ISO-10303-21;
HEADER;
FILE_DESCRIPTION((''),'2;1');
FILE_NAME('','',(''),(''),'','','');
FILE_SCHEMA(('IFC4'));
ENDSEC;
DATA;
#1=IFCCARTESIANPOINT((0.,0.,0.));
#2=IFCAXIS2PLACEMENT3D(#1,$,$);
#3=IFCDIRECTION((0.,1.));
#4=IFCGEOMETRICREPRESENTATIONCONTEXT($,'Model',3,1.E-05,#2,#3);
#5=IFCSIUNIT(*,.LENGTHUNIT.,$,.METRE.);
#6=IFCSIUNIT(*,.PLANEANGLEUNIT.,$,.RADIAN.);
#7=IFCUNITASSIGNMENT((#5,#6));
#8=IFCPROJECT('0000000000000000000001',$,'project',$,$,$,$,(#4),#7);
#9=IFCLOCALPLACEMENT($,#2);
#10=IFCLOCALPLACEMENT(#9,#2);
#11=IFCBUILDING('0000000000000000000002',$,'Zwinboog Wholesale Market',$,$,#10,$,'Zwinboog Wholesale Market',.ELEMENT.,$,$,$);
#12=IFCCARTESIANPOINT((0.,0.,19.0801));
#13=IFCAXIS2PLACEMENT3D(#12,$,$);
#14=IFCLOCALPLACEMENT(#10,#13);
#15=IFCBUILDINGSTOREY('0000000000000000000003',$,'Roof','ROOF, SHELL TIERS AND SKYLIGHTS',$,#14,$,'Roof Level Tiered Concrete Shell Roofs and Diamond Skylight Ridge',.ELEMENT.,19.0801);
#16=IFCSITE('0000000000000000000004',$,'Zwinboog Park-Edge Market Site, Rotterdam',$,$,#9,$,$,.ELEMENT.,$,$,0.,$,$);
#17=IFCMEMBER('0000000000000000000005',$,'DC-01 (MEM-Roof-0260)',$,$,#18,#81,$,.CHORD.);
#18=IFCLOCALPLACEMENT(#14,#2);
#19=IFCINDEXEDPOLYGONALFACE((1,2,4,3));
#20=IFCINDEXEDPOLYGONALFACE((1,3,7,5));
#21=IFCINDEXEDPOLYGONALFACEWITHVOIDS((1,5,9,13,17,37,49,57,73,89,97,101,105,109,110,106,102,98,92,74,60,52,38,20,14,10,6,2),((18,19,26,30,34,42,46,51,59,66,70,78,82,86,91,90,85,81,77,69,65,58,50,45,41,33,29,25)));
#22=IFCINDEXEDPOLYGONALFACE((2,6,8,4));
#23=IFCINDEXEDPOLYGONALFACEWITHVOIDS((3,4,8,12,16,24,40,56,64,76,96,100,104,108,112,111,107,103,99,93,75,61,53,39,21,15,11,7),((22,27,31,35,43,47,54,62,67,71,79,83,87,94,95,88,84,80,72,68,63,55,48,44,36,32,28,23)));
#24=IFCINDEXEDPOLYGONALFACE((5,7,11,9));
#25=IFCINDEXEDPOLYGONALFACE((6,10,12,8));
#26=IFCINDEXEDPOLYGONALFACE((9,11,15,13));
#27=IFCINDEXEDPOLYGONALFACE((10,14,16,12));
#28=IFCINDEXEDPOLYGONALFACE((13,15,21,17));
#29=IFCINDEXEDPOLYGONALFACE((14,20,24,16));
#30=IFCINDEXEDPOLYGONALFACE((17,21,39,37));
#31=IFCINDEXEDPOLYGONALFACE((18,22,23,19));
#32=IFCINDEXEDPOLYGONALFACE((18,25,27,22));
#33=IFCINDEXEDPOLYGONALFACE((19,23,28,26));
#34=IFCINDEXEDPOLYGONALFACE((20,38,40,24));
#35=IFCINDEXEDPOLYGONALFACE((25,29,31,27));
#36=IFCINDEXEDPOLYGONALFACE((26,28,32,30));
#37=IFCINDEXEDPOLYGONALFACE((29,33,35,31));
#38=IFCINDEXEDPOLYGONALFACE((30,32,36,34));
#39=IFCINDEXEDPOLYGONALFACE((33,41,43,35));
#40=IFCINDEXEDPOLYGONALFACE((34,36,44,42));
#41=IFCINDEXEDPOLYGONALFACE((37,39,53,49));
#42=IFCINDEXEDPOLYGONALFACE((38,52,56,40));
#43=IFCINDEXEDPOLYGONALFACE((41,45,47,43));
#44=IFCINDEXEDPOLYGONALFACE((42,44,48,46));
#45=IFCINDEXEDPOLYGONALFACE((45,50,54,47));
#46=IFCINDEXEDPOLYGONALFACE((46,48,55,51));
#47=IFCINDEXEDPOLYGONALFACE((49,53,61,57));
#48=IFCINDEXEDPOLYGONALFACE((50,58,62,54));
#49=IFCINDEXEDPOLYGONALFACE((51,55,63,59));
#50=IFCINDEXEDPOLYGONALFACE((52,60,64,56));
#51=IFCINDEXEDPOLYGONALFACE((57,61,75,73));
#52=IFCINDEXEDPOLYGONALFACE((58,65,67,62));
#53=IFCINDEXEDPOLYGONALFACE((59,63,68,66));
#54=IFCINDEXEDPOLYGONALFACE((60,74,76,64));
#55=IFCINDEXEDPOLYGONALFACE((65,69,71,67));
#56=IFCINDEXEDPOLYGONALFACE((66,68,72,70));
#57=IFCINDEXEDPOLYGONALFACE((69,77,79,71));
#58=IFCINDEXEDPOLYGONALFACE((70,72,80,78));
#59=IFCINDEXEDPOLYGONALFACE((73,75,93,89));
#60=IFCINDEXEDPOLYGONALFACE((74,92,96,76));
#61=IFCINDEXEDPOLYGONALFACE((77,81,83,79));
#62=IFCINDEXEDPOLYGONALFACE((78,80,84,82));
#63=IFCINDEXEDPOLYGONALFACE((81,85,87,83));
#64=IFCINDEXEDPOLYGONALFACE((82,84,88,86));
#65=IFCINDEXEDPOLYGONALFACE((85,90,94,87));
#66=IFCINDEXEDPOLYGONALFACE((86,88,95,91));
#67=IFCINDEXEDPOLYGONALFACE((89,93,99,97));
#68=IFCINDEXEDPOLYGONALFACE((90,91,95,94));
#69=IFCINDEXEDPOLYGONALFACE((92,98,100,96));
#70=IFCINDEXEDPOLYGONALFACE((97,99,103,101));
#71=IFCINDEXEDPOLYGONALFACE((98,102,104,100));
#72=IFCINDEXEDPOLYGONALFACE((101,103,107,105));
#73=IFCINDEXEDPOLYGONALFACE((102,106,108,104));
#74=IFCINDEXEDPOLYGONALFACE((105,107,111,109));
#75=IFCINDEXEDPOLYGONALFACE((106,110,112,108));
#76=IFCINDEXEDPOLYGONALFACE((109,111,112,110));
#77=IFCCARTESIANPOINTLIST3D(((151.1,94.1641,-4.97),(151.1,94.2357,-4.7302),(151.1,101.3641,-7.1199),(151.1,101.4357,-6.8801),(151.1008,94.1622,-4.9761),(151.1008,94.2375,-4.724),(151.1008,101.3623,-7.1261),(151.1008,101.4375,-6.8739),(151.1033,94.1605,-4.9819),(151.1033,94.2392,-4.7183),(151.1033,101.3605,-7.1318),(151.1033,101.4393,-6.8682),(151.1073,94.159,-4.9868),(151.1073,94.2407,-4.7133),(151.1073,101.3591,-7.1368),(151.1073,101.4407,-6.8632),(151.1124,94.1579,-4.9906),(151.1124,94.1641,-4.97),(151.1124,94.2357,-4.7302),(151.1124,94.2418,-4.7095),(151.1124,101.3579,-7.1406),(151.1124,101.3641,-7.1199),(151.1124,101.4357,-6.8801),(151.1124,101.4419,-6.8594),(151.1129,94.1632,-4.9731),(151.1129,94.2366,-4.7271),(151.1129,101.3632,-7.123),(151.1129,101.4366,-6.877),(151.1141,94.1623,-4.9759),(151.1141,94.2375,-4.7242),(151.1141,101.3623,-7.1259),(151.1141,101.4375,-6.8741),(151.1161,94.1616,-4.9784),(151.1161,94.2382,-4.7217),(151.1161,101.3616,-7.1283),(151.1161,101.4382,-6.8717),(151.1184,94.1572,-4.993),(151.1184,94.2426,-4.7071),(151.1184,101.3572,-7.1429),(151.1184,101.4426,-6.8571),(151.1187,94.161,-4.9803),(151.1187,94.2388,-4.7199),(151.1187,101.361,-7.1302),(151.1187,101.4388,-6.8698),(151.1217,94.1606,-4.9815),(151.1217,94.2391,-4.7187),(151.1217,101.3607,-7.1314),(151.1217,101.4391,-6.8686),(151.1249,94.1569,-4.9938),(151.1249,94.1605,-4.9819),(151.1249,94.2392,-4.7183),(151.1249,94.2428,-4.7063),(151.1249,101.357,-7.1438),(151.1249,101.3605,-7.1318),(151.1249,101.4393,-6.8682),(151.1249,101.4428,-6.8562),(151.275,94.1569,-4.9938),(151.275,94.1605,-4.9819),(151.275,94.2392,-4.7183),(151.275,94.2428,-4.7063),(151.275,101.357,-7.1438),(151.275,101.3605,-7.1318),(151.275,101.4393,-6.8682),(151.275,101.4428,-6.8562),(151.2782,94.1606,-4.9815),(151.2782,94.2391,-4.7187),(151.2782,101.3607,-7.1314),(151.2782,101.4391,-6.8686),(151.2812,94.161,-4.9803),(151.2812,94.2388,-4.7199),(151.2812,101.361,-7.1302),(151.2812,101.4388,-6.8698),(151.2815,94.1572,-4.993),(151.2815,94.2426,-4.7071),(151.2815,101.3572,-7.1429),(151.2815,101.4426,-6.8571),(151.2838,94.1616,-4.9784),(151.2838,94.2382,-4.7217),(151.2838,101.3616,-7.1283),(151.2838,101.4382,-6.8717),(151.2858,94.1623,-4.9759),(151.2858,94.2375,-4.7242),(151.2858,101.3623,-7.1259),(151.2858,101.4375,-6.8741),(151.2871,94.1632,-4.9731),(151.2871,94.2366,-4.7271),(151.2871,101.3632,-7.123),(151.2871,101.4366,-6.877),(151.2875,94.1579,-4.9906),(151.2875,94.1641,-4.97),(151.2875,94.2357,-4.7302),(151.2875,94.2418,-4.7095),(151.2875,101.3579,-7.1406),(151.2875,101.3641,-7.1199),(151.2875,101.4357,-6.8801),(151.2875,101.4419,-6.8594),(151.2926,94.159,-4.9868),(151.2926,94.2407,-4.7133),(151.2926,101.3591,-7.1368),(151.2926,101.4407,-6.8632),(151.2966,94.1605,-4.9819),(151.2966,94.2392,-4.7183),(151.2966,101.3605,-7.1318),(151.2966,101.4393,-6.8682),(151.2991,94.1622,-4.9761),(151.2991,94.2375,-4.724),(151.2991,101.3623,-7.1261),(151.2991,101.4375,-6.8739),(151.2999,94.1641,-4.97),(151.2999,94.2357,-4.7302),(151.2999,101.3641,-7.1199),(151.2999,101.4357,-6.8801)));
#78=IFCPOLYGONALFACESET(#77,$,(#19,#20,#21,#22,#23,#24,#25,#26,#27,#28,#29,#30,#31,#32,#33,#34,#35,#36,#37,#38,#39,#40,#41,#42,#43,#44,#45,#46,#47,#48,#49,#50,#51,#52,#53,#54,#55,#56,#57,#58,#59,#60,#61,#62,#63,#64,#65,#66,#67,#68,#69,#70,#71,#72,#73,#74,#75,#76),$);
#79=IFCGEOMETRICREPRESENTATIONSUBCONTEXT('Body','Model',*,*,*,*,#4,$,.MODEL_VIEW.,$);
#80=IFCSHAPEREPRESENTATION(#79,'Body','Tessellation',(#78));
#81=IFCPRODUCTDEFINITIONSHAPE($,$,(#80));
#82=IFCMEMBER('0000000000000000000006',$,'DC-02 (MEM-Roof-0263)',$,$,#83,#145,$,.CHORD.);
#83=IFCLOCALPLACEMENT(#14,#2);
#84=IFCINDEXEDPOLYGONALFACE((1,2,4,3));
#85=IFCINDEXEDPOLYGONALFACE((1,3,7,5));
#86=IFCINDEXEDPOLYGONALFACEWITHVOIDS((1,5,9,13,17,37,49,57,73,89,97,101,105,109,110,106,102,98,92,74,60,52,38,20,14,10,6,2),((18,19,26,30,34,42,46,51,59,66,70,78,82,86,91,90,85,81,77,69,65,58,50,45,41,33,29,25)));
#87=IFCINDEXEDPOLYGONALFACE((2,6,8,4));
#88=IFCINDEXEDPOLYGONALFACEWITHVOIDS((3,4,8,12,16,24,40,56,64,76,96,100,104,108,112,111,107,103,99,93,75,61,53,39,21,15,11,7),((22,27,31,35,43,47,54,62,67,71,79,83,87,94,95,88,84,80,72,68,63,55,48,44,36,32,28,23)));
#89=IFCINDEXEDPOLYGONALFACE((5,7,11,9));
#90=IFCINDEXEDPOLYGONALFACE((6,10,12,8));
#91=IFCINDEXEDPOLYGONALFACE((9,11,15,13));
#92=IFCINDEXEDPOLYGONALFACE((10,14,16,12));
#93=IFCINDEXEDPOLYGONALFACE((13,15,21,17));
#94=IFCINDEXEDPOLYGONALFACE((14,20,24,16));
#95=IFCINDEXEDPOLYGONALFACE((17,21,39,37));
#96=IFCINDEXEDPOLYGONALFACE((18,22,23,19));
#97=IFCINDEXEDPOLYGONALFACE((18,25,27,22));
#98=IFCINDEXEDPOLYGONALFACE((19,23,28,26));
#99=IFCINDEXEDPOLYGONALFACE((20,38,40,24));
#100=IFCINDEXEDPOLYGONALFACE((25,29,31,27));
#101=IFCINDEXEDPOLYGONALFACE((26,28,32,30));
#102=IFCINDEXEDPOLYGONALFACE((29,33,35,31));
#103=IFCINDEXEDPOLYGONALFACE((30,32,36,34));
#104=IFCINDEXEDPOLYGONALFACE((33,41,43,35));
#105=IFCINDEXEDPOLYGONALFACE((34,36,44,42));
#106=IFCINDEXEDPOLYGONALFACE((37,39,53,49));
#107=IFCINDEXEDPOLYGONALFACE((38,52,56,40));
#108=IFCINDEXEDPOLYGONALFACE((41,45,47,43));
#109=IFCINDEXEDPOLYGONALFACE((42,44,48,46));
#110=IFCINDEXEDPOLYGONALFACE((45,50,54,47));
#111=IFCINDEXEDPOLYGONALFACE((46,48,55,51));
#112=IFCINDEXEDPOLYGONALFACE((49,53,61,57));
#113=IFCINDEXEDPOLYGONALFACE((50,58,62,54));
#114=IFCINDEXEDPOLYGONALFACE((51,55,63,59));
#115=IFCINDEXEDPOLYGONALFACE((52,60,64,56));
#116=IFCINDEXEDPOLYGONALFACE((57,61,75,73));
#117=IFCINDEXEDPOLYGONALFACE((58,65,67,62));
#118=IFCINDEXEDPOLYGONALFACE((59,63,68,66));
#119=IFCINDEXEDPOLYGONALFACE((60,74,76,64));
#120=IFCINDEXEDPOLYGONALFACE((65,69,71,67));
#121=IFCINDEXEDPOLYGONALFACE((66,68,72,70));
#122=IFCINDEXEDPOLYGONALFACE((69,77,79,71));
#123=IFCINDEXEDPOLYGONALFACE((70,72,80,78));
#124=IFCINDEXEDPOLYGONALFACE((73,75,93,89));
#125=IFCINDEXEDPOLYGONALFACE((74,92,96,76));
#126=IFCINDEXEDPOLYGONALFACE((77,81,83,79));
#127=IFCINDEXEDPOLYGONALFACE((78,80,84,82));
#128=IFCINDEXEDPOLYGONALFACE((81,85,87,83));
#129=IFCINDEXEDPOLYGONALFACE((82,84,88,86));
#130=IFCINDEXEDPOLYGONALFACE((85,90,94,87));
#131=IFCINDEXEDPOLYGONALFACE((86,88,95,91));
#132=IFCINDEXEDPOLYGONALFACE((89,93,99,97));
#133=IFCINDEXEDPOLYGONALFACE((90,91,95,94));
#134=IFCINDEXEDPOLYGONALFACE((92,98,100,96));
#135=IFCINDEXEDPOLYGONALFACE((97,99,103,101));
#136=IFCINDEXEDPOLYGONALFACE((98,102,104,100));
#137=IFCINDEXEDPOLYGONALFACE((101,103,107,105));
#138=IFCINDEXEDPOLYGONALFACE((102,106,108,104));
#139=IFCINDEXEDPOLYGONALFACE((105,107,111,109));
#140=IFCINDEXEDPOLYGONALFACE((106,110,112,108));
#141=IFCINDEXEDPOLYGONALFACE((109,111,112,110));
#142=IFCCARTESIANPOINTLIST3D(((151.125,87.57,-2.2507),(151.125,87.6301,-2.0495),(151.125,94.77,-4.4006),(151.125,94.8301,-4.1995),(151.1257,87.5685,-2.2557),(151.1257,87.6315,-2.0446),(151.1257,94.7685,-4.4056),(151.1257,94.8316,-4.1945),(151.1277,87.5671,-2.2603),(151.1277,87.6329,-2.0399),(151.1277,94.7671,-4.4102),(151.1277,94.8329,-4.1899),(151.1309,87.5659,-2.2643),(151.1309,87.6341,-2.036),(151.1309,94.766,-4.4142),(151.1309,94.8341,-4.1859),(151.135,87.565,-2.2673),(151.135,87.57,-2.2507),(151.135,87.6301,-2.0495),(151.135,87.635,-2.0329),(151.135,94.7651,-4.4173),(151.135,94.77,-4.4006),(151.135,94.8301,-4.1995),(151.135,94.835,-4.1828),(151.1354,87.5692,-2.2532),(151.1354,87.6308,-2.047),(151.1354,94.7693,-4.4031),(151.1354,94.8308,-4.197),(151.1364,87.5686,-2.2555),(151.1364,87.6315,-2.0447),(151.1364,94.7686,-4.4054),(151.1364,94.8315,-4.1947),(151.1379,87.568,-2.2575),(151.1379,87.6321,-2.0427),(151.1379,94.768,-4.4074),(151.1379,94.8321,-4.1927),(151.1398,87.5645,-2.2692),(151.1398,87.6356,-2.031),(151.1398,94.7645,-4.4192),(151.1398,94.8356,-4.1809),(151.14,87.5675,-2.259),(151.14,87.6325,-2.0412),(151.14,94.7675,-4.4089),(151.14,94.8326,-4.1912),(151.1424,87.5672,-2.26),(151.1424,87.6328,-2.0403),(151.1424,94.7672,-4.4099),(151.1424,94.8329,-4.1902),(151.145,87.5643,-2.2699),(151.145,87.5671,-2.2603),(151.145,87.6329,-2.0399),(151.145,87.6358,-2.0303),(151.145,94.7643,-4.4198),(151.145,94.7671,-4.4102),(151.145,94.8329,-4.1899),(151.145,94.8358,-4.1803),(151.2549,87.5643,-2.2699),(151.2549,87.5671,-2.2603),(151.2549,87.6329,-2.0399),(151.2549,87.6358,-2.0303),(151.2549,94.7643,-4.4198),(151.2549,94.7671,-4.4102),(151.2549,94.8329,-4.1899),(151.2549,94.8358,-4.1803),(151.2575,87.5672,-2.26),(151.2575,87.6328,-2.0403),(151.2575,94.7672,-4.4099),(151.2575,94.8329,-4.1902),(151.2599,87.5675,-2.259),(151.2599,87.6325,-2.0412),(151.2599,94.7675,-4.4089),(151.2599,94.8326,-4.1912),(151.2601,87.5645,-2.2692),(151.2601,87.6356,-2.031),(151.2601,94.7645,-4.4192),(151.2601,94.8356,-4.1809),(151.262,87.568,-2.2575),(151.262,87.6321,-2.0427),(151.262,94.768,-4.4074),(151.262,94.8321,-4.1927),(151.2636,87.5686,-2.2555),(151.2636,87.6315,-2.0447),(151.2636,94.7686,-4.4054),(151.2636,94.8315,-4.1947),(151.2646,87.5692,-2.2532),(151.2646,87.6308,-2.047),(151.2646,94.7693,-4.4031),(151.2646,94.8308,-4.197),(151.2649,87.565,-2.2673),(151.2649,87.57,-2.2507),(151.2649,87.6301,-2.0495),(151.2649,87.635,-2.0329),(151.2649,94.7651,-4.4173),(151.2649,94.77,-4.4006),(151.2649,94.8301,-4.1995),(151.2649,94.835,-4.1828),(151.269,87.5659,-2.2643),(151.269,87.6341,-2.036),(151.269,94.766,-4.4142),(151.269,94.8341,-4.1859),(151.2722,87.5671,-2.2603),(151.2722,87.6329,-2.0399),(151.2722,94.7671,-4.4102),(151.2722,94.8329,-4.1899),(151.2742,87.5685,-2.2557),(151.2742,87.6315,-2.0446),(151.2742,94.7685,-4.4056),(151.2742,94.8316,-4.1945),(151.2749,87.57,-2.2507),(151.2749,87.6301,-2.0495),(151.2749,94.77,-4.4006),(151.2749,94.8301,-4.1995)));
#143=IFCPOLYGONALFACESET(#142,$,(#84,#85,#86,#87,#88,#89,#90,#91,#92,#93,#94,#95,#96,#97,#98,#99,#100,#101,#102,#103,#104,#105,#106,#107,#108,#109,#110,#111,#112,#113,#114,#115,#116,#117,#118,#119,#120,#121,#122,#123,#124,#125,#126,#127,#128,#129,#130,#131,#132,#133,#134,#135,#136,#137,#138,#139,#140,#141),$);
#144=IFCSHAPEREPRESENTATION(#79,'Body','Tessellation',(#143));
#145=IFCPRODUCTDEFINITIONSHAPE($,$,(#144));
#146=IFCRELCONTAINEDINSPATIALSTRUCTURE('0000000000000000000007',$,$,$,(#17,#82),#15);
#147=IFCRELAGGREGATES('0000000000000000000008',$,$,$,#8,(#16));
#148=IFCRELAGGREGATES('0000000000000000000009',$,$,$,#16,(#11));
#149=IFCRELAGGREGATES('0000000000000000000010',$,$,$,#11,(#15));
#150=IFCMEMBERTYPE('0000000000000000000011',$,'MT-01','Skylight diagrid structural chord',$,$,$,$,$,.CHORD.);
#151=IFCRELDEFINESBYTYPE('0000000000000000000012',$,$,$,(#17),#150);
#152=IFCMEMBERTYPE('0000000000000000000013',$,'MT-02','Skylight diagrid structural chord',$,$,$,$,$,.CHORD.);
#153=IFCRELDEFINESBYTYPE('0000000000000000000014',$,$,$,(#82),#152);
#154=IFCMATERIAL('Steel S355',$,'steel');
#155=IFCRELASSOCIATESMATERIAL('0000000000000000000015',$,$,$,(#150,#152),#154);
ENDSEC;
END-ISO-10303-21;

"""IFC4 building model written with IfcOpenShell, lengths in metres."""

from ifc_helpers import new_model, si_unit, direction, frame, origin, origin_2d, place, context, subcontext, project, spatial, hollow_rectangle, extrude, material, material_profile, profile_set, type_object, element, save


model = new_model("IFC4")

# Units and contexts
model_context = context("Model", 3, precision=1e-05, world=origin(), true_north=direction((0.0, 1.0)))
body_context = subcontext(model_context, "Body", "Model", "MODEL_VIEW")
ifc_project = project(units=[si_unit("LENGTHUNIT", "METRE"), si_unit("PLANEANGLEUNIT", "RADIAN")], contexts=[model_context])

# Site, building, storey
site_placement = place(None, origin())
site = spatial("IfcSite", under=ifc_project, at=site_placement, Name="Zwinboog Park-Edge Market Site, Rotterdam", CompositionType="ELEMENT", RefElevation=0.0)
building_placement = place(site_placement, origin())
building = spatial("IfcBuilding", under=site, at=building_placement, Name="Zwinboog Wholesale Market", LongName="Zwinboog Wholesale Market", CompositionType="ELEMENT")
storey_placement = place(building_placement, frame((0.0, 0.0, 19.0801)))
storey = spatial("IfcBuildingStorey", under=building, at=storey_placement, Name="Roof", Description="ROOF, SHELL TIERS AND SKYLIGHTS", LongName="Roof Level Tiered Concrete Shell Roofs and Diamond Skylight Ridge", CompositionType="ELEMENT", Elevation=19.0801)

# Members
ifc_material_1 = material(Name="Steel S355", Category="steel")
ifc_material_profile_1 = material_profile(ifc_material_1, hollow_rectangle(XDim=0.2, YDim=0.3, WallThickness=0.0125, InnerFilletRadius=0.0125, OuterFilletRadius=0.0249, at=origin_2d()), Name="RHS 300x200x12.5")
ifc_profile_set_1 = profile_set([ifc_material_profile_1], Name="Steel S355")
member_type_1 = type_object("IfcMemberType", Name="MT-01", Description="Skylight diagrid structural chord", PredefinedType="CHORD", material=ifc_profile_set_1)
for number, where, z_axis, x_axis, name in (
    (1, (151.2, 101.3999, -7.0), (0.0, -0.958195, 0.286117), (1.0, 0.0, 0.0), "DC-01 (MEM-Roof-0260)"),
):
    element("IfcMember", number, at=place(storey_placement, frame(where, z_axis=z_axis, x_axis=x_axis)), inside=storey, type_object=member_type_1, Name=name, PredefinedType="CHORD", context=body_context, shape_type="SweptSolid", body=[
        extrude(hollow_rectangle(XDim=0.2, YDim=0.3, WallThickness=0.0125, InnerFilletRadius=0.0125, OuterFilletRadius=0.0249, at=origin_2d()), origin(), (0.0, 0.0, 1.0), 7.5142),
    ])
ifc_material_profile_2 = material_profile(ifc_material_1, hollow_rectangle(XDim=0.1499, YDim=0.25, WallThickness=0.01, InnerFilletRadius=0.01, OuterFilletRadius=0.02, at=origin_2d()), Name="RHS 250x150x10")
ifc_profile_set_2 = profile_set([ifc_material_profile_2], Name="Steel S355")
member_type_2 = type_object("IfcMemberType", Name="MT-02", Description="Skylight diagrid structural chord", PredefinedType="CHORD", material=ifc_profile_set_2)
for number, where, z_axis, x_axis, name in (
    (2, (151.2, 94.8, -4.3), (0.0, -0.958195, 0.286117), (1.0, 0.0, 0.0), "DC-02 (MEM-Roof-0263)"),
):
    element("IfcMember", number, at=place(storey_placement, frame(where, z_axis=z_axis, x_axis=x_axis)), inside=storey, type_object=member_type_2, Name=name, PredefinedType="CHORD", context=body_context, shape_type="SweptSolid", body=[
        extrude(hollow_rectangle(XDim=0.1499, YDim=0.25, WallThickness=0.01, InnerFilletRadius=0.01, OuterFilletRadius=0.02, at=origin_2d()), origin(), (0.0, 0.0, 1.0), 7.5142),
    ])

save(model, "model.ifc")
